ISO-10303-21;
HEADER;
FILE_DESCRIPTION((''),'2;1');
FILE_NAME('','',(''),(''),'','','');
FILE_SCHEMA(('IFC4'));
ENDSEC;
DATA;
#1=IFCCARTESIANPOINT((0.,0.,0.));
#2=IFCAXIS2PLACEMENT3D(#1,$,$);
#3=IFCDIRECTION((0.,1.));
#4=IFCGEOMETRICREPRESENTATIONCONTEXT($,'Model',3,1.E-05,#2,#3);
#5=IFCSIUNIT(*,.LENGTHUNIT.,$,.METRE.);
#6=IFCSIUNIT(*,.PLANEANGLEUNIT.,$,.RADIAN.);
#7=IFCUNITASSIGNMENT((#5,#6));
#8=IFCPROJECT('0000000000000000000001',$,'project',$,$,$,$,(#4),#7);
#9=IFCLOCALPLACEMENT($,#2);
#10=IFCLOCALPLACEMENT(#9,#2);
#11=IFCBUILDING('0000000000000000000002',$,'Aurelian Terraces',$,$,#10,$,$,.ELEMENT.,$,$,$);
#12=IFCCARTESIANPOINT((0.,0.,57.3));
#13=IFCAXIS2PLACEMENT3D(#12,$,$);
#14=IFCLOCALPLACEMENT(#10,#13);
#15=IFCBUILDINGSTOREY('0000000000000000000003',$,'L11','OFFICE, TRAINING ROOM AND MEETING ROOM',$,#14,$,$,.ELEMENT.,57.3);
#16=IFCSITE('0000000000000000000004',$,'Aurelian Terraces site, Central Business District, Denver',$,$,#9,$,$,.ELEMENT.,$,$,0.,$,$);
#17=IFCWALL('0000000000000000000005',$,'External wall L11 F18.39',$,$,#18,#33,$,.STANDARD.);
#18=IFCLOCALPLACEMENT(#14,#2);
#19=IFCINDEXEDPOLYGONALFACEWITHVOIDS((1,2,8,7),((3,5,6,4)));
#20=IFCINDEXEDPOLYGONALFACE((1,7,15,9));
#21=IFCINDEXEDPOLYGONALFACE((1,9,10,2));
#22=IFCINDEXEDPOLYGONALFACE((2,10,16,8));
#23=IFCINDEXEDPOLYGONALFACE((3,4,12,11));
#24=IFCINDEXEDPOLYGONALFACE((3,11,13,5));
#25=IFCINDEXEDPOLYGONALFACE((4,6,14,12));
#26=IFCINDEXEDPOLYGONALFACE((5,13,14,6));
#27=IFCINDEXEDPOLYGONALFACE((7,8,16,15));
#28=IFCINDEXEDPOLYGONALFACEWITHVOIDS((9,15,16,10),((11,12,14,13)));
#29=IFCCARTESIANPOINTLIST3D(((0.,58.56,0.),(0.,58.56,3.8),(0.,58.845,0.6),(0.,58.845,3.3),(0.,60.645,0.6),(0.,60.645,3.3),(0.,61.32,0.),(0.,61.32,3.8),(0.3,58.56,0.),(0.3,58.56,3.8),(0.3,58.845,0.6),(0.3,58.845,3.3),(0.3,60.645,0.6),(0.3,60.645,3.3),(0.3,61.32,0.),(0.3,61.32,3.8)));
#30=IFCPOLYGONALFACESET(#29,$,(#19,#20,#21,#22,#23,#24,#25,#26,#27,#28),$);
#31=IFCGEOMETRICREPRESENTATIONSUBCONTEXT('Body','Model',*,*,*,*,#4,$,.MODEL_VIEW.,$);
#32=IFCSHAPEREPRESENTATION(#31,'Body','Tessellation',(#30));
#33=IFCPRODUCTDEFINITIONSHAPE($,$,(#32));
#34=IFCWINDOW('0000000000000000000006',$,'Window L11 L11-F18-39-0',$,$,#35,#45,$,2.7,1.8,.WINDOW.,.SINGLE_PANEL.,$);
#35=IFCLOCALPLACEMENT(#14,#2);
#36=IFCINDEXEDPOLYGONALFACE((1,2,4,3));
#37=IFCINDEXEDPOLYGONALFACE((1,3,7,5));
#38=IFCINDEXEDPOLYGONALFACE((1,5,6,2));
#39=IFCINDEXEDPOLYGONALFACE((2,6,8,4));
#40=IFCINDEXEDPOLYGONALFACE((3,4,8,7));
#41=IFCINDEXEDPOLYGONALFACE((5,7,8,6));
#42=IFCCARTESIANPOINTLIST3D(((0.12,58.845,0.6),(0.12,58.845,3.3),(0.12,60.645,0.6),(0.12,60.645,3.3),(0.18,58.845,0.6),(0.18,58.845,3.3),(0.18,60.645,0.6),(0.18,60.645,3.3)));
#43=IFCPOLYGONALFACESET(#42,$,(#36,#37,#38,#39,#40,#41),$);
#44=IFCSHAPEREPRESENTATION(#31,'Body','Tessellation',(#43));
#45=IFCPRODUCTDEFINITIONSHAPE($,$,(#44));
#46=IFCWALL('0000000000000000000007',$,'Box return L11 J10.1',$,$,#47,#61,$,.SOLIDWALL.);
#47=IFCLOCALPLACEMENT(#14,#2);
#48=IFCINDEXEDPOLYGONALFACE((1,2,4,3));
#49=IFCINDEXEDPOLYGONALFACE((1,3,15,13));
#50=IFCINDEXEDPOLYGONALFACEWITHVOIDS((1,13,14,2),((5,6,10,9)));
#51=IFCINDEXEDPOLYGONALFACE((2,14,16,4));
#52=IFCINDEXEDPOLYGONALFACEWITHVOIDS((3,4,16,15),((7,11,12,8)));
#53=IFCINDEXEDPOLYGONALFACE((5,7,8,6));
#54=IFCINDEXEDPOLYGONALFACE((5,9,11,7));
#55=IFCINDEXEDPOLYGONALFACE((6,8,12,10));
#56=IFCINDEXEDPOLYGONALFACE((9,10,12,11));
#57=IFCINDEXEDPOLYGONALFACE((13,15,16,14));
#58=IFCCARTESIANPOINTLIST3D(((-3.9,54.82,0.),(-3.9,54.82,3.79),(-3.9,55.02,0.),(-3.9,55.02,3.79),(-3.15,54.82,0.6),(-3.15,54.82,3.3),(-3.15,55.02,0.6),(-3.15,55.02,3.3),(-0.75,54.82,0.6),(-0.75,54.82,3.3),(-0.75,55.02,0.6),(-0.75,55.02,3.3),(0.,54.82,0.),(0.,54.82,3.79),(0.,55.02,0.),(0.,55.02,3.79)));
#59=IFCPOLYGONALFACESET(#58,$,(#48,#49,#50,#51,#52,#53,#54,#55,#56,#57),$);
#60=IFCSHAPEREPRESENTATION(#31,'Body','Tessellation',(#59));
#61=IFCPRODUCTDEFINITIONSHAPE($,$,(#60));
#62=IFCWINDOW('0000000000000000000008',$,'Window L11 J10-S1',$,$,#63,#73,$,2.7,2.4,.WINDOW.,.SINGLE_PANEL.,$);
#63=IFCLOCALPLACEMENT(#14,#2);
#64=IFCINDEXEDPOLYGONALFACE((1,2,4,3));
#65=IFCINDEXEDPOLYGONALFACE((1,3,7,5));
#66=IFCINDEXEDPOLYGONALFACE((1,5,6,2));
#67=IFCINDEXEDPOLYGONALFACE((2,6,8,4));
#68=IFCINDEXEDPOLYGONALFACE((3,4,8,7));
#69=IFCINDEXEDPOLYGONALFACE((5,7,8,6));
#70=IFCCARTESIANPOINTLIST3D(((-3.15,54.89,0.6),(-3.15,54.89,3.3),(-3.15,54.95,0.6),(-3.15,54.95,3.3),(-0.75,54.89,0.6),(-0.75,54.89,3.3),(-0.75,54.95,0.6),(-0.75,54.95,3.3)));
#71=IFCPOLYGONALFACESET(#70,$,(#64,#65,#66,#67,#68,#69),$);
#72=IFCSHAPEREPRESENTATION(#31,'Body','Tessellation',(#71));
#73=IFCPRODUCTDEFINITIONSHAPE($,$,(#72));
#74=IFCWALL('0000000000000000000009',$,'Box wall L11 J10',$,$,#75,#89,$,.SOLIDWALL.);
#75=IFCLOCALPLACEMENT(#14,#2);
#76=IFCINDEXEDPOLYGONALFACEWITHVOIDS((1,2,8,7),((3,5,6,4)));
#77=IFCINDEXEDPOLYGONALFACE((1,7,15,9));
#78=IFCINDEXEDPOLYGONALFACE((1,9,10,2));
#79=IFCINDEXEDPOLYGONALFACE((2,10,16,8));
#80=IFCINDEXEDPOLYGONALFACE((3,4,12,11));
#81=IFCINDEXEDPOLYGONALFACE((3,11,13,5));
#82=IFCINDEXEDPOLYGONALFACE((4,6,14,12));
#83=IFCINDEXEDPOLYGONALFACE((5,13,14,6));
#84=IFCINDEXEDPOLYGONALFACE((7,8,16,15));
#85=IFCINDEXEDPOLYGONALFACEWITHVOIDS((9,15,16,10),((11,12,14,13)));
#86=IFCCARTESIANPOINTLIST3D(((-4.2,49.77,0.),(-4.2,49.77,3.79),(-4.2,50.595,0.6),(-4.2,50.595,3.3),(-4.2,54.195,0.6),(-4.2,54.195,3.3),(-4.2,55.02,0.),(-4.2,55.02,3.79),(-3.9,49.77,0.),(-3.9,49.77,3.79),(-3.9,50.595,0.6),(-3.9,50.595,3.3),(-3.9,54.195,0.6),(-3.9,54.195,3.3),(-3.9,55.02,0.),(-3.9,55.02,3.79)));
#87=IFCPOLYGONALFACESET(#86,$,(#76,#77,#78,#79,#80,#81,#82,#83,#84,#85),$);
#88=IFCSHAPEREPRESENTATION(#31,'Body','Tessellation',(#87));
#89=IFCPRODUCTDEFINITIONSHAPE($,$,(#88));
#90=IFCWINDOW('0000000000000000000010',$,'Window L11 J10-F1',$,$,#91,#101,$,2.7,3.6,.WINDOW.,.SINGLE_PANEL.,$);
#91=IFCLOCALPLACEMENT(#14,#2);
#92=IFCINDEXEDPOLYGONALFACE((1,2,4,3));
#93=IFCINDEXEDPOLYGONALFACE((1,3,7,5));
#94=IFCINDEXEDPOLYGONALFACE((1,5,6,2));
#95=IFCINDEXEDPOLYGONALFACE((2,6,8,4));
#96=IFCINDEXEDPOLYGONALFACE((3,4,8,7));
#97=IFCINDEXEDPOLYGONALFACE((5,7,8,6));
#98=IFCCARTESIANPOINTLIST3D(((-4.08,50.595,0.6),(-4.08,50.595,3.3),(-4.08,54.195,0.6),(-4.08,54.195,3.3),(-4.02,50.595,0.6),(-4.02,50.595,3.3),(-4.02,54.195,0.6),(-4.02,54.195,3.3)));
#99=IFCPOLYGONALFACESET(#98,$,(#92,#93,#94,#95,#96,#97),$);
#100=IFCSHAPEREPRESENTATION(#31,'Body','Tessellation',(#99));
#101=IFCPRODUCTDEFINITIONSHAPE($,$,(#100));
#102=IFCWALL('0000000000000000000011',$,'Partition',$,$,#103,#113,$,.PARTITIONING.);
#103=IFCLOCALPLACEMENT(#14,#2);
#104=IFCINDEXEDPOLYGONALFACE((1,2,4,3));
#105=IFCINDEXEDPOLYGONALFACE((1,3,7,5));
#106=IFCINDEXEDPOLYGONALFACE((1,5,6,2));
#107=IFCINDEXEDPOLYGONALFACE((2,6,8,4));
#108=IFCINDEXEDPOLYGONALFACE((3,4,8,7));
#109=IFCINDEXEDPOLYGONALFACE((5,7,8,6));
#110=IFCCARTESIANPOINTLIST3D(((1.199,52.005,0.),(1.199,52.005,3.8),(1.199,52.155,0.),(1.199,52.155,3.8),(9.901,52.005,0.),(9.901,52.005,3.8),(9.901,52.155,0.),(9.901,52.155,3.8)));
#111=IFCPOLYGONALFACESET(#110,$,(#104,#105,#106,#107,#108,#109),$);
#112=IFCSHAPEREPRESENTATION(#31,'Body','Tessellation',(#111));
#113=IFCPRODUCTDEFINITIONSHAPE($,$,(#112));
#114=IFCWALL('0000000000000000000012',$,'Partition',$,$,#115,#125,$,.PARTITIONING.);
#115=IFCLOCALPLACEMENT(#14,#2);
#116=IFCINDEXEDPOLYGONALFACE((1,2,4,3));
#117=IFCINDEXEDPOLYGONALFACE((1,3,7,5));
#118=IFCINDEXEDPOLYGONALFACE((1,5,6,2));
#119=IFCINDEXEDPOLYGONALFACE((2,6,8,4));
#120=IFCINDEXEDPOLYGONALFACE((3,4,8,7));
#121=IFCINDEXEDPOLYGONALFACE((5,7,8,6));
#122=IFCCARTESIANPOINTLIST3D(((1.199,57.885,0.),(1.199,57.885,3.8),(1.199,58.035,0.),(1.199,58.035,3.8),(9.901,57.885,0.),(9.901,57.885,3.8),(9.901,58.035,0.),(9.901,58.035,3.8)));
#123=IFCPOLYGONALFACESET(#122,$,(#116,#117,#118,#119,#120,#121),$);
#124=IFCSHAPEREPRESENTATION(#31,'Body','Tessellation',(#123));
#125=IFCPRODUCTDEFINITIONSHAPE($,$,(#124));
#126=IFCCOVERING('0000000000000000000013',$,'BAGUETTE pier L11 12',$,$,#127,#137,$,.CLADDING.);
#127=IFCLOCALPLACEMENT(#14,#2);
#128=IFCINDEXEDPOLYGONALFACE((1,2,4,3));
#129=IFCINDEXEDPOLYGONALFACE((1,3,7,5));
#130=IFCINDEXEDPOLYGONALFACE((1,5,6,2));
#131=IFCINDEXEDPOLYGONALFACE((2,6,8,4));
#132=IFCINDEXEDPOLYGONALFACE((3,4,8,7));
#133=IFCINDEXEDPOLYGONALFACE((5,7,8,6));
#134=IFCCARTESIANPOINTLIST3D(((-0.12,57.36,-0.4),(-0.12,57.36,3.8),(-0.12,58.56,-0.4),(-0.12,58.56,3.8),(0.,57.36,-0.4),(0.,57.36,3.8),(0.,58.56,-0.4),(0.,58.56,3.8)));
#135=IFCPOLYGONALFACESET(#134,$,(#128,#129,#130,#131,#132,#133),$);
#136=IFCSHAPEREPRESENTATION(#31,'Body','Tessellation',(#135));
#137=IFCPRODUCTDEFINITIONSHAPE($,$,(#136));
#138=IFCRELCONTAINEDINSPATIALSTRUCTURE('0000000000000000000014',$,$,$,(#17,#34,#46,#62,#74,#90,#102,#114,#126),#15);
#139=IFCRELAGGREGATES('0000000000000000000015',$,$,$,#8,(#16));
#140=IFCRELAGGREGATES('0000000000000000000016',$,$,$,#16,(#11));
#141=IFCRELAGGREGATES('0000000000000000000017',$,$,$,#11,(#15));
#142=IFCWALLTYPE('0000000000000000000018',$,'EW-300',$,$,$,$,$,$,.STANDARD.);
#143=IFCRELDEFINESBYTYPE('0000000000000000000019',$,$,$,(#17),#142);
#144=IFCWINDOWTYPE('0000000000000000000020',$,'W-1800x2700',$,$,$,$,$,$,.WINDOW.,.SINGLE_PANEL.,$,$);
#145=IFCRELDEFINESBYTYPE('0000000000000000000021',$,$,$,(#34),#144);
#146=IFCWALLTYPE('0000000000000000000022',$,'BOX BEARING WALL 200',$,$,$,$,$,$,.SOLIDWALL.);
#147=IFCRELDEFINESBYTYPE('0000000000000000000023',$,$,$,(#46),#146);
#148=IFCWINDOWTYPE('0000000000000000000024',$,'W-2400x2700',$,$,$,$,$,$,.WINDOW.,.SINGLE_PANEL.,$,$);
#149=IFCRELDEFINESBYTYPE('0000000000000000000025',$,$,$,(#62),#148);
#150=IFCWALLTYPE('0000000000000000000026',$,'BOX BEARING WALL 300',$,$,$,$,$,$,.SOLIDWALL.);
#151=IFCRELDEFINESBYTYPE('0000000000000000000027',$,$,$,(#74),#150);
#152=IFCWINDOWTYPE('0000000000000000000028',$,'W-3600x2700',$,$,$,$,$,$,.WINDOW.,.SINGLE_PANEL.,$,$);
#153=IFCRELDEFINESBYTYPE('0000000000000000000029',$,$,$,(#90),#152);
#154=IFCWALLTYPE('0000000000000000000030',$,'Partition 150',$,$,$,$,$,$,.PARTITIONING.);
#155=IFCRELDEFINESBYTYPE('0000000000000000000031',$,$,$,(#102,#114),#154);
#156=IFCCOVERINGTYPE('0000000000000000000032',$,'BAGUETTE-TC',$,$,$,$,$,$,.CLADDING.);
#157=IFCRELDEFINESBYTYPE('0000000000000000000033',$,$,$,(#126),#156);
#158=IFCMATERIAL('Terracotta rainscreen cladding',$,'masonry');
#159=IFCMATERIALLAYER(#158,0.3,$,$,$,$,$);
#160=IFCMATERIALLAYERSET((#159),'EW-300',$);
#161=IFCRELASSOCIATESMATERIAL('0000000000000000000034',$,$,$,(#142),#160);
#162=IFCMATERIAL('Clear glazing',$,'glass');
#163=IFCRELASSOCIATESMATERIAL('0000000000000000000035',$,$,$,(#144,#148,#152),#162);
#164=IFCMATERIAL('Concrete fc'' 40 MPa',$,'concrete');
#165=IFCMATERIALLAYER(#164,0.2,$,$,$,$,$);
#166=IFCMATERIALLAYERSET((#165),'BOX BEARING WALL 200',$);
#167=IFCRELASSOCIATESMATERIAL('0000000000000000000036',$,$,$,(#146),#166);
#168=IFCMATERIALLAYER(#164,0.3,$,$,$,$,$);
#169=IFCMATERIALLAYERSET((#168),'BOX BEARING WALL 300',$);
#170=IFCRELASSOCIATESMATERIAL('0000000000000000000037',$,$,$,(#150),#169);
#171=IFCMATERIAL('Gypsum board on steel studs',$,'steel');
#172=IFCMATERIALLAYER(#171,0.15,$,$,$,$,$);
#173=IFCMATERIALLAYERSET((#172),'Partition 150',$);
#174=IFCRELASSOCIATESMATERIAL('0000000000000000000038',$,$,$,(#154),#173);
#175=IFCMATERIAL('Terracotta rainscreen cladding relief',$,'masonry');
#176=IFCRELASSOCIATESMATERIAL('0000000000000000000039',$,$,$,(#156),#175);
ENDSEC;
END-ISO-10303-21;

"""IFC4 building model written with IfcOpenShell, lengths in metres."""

from ifc_helpers import new_model, si_unit, direction, frame, frame_2d, origin, origin_2d, place, context, subcontext, project, spatial, rectangle, extrude, source, transform, mapped, material, layer, layer_set, type_object, element, fill, save


model = new_model("IFC4")

# Units and contexts
model_context = context("Model", 3, precision=1e-05, world=origin(), true_north=direction((0.0, 1.0)))
body_context = subcontext(model_context, "Body", "Model", "MODEL_VIEW")
ifc_project = project(units=[si_unit("LENGTHUNIT", "METRE"), si_unit("PLANEANGLEUNIT", "RADIAN")], contexts=[model_context])

# Site, building, storey
site_placement = place(None, origin())
site = spatial("IfcSite", under=ifc_project, at=site_placement, Name="Aurelian Terraces site, Central Business District, Denver", CompositionType="ELEMENT", RefElevation=0.0)
building_placement = place(site_placement, origin())
building = spatial("IfcBuilding", under=site, at=building_placement, Name="Aurelian Terraces", CompositionType="ELEMENT")
storey_placement = place(building_placement, frame((0.0, 0.0, 57.3)))
storey = spatial("IfcBuildingStorey", under=building, at=storey_placement, Name="L11", Description="OFFICE, TRAINING ROOM AND MEETING ROOM", CompositionType="ELEMENT", Elevation=57.3)

# Shared definitions
ifc_material_1 = material(Name="Terracotta rainscreen cladding", Category="masonry")
ifc_layer_1 = layer(ifc_material_1, 0.3)
ifc_layer_set_1 = layer_set([ifc_layer_1], Name="EW-300")
wall_type_1 = type_object("IfcWallType", Name="EW-300", PredefinedType="STANDARD", material=ifc_layer_set_1)
ifc_material_2 = material(Name="Clear glazing", Category="glass")

# Walls, openings, windows
shared_shape_1 = source(origin(), body_context, "Body", "SweptSolid", [
    extrude(rectangle(XDim=2.76, YDim=0.3, at=frame_2d((1.38, 0.0))), origin(), (0.0, 0.0, 1.0), 3.8),
])
wall_1_placement = place(storey_placement, frame((0.15, 61.32, 0.0), z_axis=(0.0, 0.0, 1.0), x_axis=(0.0, -1.0, 0.0)))
wall_1 = element("IfcWall", 1, at=wall_1_placement, inside=storey, type_object=wall_type_1, Name="External wall L11 F18.39", PredefinedType="STANDARD", context=body_context, shape_type="MappedRepresentation", body=[
    mapped(shared_shape_1, transform((0.0, 0.0, 0.0), scale=1.0)),
])
shared_shape_2 = source(origin(), body_context, "Body", "SweptSolid", [
    extrude(rectangle(XDim=1.8, YDim=2.7, at=frame_2d((0.9, 1.35))), frame((0.0, 0.16, 0.0), z_axis=(0.0, -1.0, 0.0), x_axis=(1.0, 0.0, 0.0)), (0.0, 0.0, 1.0), 0.32),
])
opening_1_placement = place(wall_1_placement, frame((0.675, 0.0, 0.6)))
opening_1 = element("IfcOpeningElement", 2, at=opening_1_placement, cuts=wall_1, PredefinedType="OPENING", context=body_context, shape_type="MappedRepresentation", body=[
    mapped(shared_shape_2, transform((0.0, 0.0, 0.0), scale=1.0)),
])
window_type_1 = type_object("IfcWindowType", Name="W-1800x2700", PartitioningType="SINGLE_PANEL", PredefinedType="WINDOW", material=ifc_material_2)
shared_shape_3 = source(origin(), body_context, "Body", "SweptSolid", [
    extrude(rectangle(XDim=1.8, YDim=2.7, at=frame_2d((0.9, 1.35))), frame((0.0, 0.03, 0.0), z_axis=(0.0, -1.0, 0.0), x_axis=(1.0, 0.0, 0.0)), (0.0, 0.0, 1.0), 0.06),
])
window_1_placement = place(opening_1_placement, origin())
window_1 = element("IfcWindow", 3, at=window_1_placement, inside=storey, type_object=window_type_1, Name="Window L11 L11-F18-39-0", OverallHeight=2.7, OverallWidth=1.8, PartitioningType="SINGLE_PANEL", PredefinedType="WINDOW", context=body_context, shape_type="MappedRepresentation", body=[
    mapped(shared_shape_3, transform((0.0, 0.0, 0.0), scale=1.0)),
])
fill(opening_1, window_1)
ifc_material_3 = material(Name="Concrete fc' 40 MPa", Category="concrete")
ifc_layer_2 = layer(ifc_material_3, 0.2)
ifc_layer_set_2 = layer_set([ifc_layer_2], Name="BOX BEARING WALL 200")
wall_type_2 = type_object("IfcWallType", Name="BOX BEARING WALL 200", PredefinedType="SOLIDWALL", material=ifc_layer_set_2)
shared_shape_4 = source(origin(), body_context, "Body", "SweptSolid", [
    extrude(rectangle(XDim=3.9, YDim=0.2, at=frame_2d((1.95, 0.0))), origin(), (0.0, 0.0, 1.0), 3.79),
])
wall_2_placement = place(storey_placement, frame((0.0, 54.92, 0.0), z_axis=(0.0, 0.0, 1.0), x_axis=(-1.0, 0.0, 0.0)))
wall_2 = element("IfcWall", 4, at=wall_2_placement, inside=storey, type_object=wall_type_2, Name="Box return L11 J10.1", PredefinedType="SOLIDWALL", context=body_context, shape_type="MappedRepresentation", body=[
    mapped(shared_shape_4, transform((0.0, 0.0, 0.0), scale=1.0)),
])
shared_shape_5 = source(origin(), body_context, "Body", "SweptSolid", [
    extrude(rectangle(XDim=2.4, YDim=2.7, at=frame_2d((1.2, 1.35))), frame((0.0, 0.11, 0.0), z_axis=(0.0, -1.0, 0.0), x_axis=(1.0, 0.0, 0.0)), (0.0, 0.0, 1.0), 0.22),
])
opening_2_placement = place(wall_2_placement, frame((0.75, 0.0, 0.6)))
opening_2 = element("IfcOpeningElement", 5, at=opening_2_placement, cuts=wall_2, PredefinedType="OPENING", context=body_context, shape_type="MappedRepresentation", body=[
    mapped(shared_shape_5, transform((0.0, 0.0, 0.0), scale=1.0)),
])
window_type_2 = type_object("IfcWindowType", Name="W-2400x2700", PartitioningType="SINGLE_PANEL", PredefinedType="WINDOW", material=ifc_material_2)
shared_shape_6 = source(origin(), body_context, "Body", "SweptSolid", [
    extrude(rectangle(XDim=2.4, YDim=2.7, at=frame_2d((1.2, 1.35))), frame((0.0, 0.03, 0.0), z_axis=(0.0, -1.0, 0.0), x_axis=(1.0, 0.0, 0.0)), (0.0, 0.0, 1.0), 0.06),
])
window_2_placement = place(opening_2_placement, origin())
window_2 = element("IfcWindow", 6, at=window_2_placement, inside=storey, type_object=window_type_2, Name="Window L11 J10-S1", OverallHeight=2.7, OverallWidth=2.4, PartitioningType="SINGLE_PANEL", PredefinedType="WINDOW", context=body_context, shape_type="MappedRepresentation", body=[
    mapped(shared_shape_6, transform((0.0, 0.0, 0.0), scale=1.0)),
])
fill(opening_2, window_2)
ifc_layer_3 = layer(ifc_material_3, 0.3)
ifc_layer_set_3 = layer_set([ifc_layer_3], Name="BOX BEARING WALL 300")
wall_type_3 = type_object("IfcWallType", Name="BOX BEARING WALL 300", PredefinedType="SOLIDWALL", material=ifc_layer_set_3)
shared_shape_7 = source(origin(), body_context, "Body", "SweptSolid", [
    extrude(rectangle(XDim=5.25, YDim=0.3, at=frame_2d((2.625, 0.0))), origin(), (0.0, 0.0, 1.0), 3.79),
])
wall_3_placement = place(storey_placement, frame((-4.05, 55.02, 0.0), z_axis=(0.0, 0.0, 1.0), x_axis=(0.0, -1.0, 0.0)))
wall_3 = element("IfcWall", 7, at=wall_3_placement, inside=storey, type_object=wall_type_3, Name="Box wall L11 J10", PredefinedType="SOLIDWALL", context=body_context, shape_type="MappedRepresentation", body=[
    mapped(shared_shape_7, transform((0.0, 0.0, 0.0), scale=1.0)),
])
shared_shape_8 = source(origin(), body_context, "Body", "SweptSolid", [
    extrude(rectangle(XDim=3.6, YDim=2.7, at=frame_2d((1.8, 1.35))), frame((0.0, 0.16, 0.0), z_axis=(0.0, -1.0, 0.0), x_axis=(1.0, 0.0, 0.0)), (0.0, 0.0, 1.0), 0.32),
])
opening_3_placement = place(wall_3_placement, frame((0.825, 0.0, 0.6)))
opening_3 = element("IfcOpeningElement", 8, at=opening_3_placement, cuts=wall_3, PredefinedType="OPENING", context=body_context, shape_type="MappedRepresentation", body=[
    mapped(shared_shape_8, transform((0.0, 0.0, 0.0), scale=1.0)),
])
window_type_3 = type_object("IfcWindowType", Name="W-3600x2700", PartitioningType="SINGLE_PANEL", PredefinedType="WINDOW", material=ifc_material_2)
shared_shape_9 = source(origin(), body_context, "Body", "SweptSolid", [
    extrude(rectangle(XDim=3.6, YDim=2.7, at=frame_2d((1.8, 1.35))), frame((0.0, 0.03, 0.0), z_axis=(0.0, -1.0, 0.0), x_axis=(1.0, 0.0, 0.0)), (0.0, 0.0, 1.0), 0.06),
])
window_3_placement = place(opening_3_placement, origin())
window_3 = element("IfcWindow", 9, at=window_3_placement, inside=storey, type_object=window_type_3, Name="Window L11 J10-F1", OverallHeight=2.7, OverallWidth=3.6, PartitioningType="SINGLE_PANEL", PredefinedType="WINDOW", context=body_context, shape_type="MappedRepresentation", body=[
    mapped(shared_shape_9, transform((0.0, 0.0, 0.0), scale=1.0)),
])
fill(opening_3, window_3)

# Walls
ifc_material_4 = material(Name="Gypsum board on steel studs", Category="steel")
ifc_layer_4 = layer(ifc_material_4, 0.15)
ifc_layer_set_4 = layer_set([ifc_layer_4], Name="Partition 150")
wall_type_4 = type_object("IfcWallType", Name="Partition 150", PredefinedType="PARTITIONING", material=ifc_layer_set_4)
shared_shape_10 = source(origin(), body_context, "Body", "SweptSolid", [
    extrude(rectangle(XDim=8.702, YDim=0.15, at=frame_2d((4.351, 0.0))), origin(), (0.0, 0.0, 1.0), 3.8),
])
for number, where, z_axis, x_axis, name in (
    (10, (9.901, 52.08, 0.0), (0.0, 0.0, 1.0), (-1.0, 0.0, 0.0), "Partition"),
    (11, (9.901, 57.96, 0.0), (0.0, 0.0, 1.0), (-1.0, 0.0, 0.0), "Partition"),
):
    element("IfcWall", number, at=place(storey_placement, frame(where, z_axis=z_axis, x_axis=x_axis)), inside=storey, type_object=wall_type_4, Name=name, PredefinedType="PARTITIONING", context=body_context, shape_type="MappedRepresentation", body=[
        mapped(shared_shape_10, transform((0.0, 0.0, 0.0), scale=1.0)),
    ])

# Covering
ifc_material_5 = material(Name="Terracotta rainscreen cladding relief", Category="masonry")
covering_type = type_object("IfcCoveringType", Name="BAGUETTE-TC", PredefinedType="CLADDING", material=ifc_material_5)
shared_shape_11 = source(origin(), body_context, "Body", "SweptSolid", [
    extrude(rectangle(XDim=0.12, YDim=1.2, at=origin_2d()), origin(), (0.0, 0.0, 1.0), 4.2),
])
covering_placement = place(storey_placement, frame((-0.06, 57.96, -0.4), z_axis=(0.0, 0.0, 1.0), x_axis=(1.0, 0.0, 0.0)))
element("IfcCovering", 12, at=covering_placement, inside=storey, type_object=covering_type, Name="BAGUETTE pier L11 12", PredefinedType="CLADDING", context=body_context, shape_type="MappedRepresentation", body=[
    mapped(shared_shape_11, transform((0.0, 0.0, 0.0), scale=1.0)),
])

save(model, "model.ifc")
